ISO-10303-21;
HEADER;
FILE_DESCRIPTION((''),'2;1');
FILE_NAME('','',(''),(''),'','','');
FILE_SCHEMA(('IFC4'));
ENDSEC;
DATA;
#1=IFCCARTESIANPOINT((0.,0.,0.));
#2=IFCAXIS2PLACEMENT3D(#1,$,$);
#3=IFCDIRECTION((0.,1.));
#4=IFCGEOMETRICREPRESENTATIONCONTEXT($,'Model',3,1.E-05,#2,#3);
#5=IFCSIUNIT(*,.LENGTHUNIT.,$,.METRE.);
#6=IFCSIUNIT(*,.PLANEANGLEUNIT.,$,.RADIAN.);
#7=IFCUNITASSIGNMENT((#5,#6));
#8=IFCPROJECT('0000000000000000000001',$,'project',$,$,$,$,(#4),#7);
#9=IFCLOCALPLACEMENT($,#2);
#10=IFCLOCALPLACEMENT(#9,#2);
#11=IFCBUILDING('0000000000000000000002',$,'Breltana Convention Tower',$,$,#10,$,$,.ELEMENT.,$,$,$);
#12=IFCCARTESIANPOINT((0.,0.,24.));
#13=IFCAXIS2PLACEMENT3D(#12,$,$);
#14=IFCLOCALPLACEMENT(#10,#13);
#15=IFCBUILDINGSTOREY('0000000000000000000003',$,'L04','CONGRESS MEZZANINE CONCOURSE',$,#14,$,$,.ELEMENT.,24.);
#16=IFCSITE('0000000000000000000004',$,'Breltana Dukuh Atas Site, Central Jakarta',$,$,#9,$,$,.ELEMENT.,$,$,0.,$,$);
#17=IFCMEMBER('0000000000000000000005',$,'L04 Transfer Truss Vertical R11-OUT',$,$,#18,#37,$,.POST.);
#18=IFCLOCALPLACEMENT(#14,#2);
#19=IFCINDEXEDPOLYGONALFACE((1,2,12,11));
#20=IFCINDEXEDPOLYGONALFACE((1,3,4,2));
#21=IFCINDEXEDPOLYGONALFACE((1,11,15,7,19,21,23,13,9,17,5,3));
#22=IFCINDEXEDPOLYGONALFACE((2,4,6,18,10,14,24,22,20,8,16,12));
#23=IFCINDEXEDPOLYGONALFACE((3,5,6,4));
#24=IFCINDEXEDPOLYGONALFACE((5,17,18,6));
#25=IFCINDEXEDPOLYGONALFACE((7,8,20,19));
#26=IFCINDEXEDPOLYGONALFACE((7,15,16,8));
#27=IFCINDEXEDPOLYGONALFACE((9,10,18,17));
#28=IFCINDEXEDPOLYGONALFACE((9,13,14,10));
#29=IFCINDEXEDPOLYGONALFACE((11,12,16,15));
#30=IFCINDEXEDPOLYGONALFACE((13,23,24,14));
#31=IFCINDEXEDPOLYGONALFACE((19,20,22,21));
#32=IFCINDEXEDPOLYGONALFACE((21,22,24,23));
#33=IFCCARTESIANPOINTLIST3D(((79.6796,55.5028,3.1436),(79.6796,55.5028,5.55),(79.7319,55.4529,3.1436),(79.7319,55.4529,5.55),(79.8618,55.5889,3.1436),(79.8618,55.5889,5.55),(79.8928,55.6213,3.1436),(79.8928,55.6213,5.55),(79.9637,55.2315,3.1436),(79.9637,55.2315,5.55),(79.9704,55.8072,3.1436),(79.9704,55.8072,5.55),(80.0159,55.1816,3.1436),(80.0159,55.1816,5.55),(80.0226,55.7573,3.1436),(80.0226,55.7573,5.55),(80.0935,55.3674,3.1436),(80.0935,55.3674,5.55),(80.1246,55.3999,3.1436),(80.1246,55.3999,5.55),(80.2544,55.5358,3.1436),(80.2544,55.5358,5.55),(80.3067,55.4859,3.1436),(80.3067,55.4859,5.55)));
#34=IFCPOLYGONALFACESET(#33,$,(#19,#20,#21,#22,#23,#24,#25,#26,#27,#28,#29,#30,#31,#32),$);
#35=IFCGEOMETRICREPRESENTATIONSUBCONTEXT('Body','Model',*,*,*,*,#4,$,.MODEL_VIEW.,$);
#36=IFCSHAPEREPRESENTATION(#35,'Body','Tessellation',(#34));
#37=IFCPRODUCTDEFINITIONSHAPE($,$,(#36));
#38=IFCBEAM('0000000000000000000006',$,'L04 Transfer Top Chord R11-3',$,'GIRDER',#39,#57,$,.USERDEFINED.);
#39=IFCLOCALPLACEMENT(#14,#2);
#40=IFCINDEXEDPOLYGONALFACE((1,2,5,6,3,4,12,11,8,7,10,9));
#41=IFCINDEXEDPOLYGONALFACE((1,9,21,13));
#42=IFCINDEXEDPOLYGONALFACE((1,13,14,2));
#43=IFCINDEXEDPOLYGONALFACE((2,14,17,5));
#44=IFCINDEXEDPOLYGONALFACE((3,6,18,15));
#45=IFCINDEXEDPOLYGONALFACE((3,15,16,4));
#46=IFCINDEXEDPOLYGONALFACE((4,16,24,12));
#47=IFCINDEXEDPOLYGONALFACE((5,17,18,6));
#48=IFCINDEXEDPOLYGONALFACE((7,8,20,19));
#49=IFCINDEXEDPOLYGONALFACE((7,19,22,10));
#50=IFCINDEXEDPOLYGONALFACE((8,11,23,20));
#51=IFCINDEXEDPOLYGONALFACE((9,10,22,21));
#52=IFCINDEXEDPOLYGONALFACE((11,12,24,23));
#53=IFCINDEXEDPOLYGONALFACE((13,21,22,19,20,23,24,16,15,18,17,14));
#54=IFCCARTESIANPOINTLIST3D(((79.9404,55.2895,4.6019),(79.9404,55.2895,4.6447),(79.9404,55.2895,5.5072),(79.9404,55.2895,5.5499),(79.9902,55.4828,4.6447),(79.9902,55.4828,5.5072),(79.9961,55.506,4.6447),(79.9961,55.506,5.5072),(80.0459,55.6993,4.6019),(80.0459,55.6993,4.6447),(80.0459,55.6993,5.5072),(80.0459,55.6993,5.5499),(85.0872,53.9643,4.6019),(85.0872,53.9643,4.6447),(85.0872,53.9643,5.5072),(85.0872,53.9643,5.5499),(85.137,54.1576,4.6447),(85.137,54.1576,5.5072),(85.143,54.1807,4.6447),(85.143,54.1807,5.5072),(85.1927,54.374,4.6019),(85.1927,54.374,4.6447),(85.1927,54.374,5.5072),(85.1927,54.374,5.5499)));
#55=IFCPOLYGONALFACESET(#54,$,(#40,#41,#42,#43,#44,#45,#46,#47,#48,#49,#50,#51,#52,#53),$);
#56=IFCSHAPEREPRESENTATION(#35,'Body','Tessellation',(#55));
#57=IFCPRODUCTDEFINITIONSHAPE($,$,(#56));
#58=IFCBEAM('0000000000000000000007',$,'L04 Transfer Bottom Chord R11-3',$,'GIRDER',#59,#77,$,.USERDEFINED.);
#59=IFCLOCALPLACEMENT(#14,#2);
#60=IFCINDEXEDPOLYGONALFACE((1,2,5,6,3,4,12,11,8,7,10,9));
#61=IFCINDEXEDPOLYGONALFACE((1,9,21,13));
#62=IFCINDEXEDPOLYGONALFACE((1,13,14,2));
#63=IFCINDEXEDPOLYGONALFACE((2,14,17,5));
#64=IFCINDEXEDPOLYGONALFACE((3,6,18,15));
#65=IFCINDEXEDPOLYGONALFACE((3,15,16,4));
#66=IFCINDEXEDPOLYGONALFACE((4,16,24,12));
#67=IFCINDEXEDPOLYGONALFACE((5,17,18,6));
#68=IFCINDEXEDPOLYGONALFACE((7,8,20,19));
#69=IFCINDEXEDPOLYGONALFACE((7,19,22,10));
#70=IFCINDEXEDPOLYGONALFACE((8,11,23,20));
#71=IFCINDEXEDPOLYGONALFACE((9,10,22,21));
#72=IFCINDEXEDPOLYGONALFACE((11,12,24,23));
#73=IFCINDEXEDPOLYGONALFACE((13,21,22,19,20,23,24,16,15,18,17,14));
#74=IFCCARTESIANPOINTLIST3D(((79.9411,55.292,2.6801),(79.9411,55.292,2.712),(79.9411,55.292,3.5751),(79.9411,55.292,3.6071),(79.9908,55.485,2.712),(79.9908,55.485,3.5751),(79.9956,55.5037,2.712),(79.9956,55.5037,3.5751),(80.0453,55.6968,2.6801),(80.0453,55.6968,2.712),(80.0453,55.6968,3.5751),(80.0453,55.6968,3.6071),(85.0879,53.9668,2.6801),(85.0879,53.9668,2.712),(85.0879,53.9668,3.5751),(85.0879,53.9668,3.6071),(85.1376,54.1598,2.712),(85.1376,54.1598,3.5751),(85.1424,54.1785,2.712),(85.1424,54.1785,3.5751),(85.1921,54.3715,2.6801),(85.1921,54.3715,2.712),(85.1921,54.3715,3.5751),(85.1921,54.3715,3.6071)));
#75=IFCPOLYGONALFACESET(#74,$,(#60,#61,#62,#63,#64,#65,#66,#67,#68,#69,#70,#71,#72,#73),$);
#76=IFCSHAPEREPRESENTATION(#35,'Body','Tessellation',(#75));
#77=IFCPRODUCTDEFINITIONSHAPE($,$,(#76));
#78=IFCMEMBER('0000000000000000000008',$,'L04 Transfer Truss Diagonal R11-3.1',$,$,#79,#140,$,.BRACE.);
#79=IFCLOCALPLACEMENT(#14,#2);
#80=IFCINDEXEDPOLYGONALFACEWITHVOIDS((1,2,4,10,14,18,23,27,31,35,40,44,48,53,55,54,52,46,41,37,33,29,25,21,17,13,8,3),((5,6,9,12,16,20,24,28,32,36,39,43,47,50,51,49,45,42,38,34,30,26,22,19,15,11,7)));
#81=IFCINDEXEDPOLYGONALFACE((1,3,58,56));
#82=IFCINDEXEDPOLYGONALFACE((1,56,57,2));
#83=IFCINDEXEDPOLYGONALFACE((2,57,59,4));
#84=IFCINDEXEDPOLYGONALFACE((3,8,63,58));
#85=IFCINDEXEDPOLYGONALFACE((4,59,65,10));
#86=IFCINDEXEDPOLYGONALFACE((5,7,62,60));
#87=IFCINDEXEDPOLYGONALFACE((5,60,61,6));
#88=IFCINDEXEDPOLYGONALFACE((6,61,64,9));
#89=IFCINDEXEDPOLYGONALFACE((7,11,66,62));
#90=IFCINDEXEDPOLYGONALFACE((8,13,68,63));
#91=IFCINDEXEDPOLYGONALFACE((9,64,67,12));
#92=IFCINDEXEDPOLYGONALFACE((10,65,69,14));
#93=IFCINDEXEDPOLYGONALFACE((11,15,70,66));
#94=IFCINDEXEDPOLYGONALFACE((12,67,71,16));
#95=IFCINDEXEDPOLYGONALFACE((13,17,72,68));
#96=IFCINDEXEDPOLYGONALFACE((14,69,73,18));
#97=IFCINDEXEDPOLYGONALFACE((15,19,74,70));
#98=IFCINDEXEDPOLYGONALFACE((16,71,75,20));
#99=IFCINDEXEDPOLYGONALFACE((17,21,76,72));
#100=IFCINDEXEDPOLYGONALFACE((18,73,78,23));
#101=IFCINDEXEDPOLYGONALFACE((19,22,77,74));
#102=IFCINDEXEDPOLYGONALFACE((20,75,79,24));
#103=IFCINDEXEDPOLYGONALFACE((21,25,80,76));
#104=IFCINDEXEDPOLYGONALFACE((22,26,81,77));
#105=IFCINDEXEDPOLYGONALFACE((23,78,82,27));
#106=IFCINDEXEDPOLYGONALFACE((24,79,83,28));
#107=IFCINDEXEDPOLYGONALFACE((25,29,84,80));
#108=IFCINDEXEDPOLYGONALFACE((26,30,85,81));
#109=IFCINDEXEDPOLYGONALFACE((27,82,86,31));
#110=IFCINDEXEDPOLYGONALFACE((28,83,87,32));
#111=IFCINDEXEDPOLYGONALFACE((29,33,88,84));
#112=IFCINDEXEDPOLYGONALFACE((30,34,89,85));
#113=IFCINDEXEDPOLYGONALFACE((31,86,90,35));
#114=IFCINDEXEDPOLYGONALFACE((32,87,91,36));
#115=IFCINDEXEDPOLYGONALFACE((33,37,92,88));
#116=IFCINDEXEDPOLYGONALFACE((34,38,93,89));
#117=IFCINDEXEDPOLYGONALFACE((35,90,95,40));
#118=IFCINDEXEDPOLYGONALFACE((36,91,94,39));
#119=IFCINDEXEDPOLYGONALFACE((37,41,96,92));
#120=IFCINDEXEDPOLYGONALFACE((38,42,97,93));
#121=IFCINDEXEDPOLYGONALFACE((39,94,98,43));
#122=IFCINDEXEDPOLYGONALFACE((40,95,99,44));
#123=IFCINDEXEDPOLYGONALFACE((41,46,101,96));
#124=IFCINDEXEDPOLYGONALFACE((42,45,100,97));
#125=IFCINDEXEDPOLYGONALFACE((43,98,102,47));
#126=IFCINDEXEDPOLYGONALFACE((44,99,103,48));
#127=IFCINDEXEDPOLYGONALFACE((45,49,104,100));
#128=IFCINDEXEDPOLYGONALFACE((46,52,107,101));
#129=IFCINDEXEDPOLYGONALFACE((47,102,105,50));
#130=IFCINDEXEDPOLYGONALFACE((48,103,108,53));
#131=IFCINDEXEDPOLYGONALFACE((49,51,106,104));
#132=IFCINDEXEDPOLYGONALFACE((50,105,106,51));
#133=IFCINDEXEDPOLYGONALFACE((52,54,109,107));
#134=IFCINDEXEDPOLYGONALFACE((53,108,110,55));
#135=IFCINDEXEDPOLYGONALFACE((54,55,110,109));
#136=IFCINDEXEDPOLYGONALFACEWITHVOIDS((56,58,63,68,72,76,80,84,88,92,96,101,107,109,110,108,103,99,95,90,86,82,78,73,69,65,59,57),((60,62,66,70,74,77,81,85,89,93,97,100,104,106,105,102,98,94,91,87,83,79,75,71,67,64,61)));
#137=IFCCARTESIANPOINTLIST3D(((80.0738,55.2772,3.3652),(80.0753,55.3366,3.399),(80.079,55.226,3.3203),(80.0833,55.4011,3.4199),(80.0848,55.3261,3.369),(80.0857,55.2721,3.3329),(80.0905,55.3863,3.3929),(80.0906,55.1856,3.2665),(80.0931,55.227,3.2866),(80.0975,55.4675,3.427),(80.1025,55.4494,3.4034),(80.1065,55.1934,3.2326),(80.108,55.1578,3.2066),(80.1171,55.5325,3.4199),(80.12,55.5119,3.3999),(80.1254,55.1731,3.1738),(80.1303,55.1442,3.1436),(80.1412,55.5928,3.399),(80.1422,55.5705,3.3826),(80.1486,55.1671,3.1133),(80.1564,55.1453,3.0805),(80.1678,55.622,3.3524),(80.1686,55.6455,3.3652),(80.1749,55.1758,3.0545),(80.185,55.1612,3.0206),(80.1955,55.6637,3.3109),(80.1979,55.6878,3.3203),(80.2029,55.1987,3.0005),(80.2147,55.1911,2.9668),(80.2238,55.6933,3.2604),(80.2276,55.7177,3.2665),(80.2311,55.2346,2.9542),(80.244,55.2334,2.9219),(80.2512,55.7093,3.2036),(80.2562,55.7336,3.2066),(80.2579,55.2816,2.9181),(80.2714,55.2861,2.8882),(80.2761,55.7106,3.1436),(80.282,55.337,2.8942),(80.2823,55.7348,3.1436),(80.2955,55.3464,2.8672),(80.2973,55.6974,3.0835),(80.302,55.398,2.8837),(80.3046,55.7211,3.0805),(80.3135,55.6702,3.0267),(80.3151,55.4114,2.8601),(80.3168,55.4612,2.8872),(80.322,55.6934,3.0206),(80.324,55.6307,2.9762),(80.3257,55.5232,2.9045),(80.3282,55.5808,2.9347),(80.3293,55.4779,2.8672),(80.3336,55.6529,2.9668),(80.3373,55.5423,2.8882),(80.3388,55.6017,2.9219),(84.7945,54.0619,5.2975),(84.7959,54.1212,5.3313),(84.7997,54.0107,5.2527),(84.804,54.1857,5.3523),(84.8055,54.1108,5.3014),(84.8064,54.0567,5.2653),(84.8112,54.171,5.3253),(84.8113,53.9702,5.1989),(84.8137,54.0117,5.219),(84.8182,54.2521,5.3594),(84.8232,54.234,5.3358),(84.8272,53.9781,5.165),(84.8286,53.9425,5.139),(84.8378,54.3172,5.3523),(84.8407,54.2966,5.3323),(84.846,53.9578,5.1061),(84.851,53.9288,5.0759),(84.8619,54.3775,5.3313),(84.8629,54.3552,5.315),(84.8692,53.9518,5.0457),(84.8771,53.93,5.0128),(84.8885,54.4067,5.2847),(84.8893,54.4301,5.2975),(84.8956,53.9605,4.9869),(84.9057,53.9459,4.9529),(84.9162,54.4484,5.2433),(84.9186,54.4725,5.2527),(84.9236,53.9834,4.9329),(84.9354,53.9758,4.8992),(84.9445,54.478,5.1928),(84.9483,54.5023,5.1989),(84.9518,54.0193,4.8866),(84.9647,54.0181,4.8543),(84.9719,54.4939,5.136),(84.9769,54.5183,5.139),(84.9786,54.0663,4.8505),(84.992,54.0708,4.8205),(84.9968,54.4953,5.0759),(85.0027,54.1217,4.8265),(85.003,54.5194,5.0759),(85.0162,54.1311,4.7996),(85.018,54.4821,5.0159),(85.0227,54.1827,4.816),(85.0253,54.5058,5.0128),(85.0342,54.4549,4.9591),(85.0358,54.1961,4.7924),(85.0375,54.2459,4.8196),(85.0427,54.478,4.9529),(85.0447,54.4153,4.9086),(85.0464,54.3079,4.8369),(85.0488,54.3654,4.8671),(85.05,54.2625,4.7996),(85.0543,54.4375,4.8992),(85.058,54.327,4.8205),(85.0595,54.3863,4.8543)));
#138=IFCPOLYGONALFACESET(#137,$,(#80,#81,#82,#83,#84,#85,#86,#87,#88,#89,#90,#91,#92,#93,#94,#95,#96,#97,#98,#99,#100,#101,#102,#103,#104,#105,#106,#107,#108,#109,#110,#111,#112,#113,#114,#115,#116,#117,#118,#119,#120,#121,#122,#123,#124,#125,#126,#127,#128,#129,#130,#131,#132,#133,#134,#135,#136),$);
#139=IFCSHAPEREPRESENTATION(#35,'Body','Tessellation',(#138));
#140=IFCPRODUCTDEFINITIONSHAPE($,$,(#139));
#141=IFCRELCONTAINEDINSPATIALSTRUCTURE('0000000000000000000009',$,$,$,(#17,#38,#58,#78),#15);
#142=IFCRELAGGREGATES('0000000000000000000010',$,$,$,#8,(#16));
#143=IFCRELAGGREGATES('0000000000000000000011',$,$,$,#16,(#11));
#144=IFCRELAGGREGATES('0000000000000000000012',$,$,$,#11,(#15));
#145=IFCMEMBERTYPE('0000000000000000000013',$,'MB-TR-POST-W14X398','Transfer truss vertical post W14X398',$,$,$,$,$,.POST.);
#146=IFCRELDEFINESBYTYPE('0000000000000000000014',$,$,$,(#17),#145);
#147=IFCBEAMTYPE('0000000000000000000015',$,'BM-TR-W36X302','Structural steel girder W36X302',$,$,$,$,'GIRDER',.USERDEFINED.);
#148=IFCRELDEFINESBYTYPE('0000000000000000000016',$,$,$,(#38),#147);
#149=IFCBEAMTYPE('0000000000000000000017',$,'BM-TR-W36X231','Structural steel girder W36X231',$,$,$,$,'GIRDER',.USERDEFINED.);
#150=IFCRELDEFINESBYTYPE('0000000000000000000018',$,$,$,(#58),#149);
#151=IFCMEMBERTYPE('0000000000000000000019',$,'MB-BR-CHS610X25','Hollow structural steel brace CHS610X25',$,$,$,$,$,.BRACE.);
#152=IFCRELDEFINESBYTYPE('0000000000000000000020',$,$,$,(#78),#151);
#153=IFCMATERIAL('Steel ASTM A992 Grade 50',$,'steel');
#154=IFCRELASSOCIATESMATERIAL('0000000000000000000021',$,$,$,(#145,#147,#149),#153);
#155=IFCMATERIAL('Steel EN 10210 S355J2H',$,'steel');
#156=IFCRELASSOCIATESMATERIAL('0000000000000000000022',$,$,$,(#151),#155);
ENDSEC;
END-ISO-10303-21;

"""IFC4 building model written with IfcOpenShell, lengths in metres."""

from ifc_helpers import new_model, si_unit, direction, frame, origin, origin_2d, place, context, subcontext, project, spatial, hollow_circle, i_section, extrude, source, transform, mapped, material, material_profile, profile_set, type_object, type_shapes, element, save


model = new_model("IFC4")

# Units and contexts
model_context = context("Model", 3, precision=1e-05, world=origin(), true_north=direction((0.0, 1.0)))
body_context = subcontext(model_context, "Body", "Model", "MODEL_VIEW")
ifc_project = project(units=[si_unit("LENGTHUNIT", "METRE"), si_unit("PLANEANGLEUNIT", "RADIAN")], contexts=[model_context])

# Site, building, storey
site_placement = place(None, origin())
site = spatial("IfcSite", under=ifc_project, at=site_placement, Name="Breltana Dukuh Atas Site, Central Jakarta", CompositionType="ELEMENT", RefElevation=0.0)
building_placement = place(site_placement, origin())
building = spatial("IfcBuilding", under=site, at=building_placement, Name="Breltana Convention Tower", CompositionType="ELEMENT")
storey_placement = place(building_placement, frame((0.0, 0.0, 24.0)))
storey = spatial("IfcBuildingStorey", under=building, at=storey_placement, Name="L04", Description="CONGRESS MEZZANINE CONCOURSE", CompositionType="ELEMENT", Elevation=24.0)

# Member
ifc_material_1 = material(Name="Steel ASTM A992 Grade 50", Category="steel")
ifc_material_profile_1 = material_profile(ifc_material_1, i_section(OverallWidth=0.4209, OverallDepth=0.4651, WebThickness=0.0449, FlangeThickness=0.0723, at=origin_2d()), Name="W14X398")
ifc_profile_set_1 = profile_set([ifc_material_profile_1], Name="Steel ASTM A992 Grade 50")
member_type_1 = type_object("IfcMemberType", Name="MB-TR-POST-W14X398", Description="Transfer truss vertical post W14X398", PredefinedType="POST", material=ifc_profile_set_1)
shared_shape_1 = source(origin(), body_context, "Body", "SweptSolid", [
    extrude(i_section(OverallWidth=0.4209, OverallDepth=0.4651, WebThickness=0.0449, FlangeThickness=0.0723, at=origin_2d()), origin(), (0.0, 0.0, 1.0), 2.4065),
])
type_shapes(member_type_1, [shared_shape_1])
member_1_placement = place(storey_placement, frame((79.9932, 55.4944, 3.1436), z_axis=(0.0, 0.0, 1.0), x_axis=(0.690756, 0.723088, 0.0)))
element("IfcMember", 1, at=member_1_placement, inside=storey, type_object=member_type_1, Name="L04 Transfer Truss Vertical R11-OUT", PredefinedType="POST", context=body_context, shape_type="MappedRepresentation", body=[
    mapped(shared_shape_1, transform((0.0, 0.0, 0.0), scale=1.0)),
])

# Beams
ifc_material_profile_2 = material_profile(ifc_material_1, i_section(OverallWidth=0.4231, OverallDepth=0.948, WebThickness=0.0239, FlangeThickness=0.0427, at=origin_2d()), Name="W36X302")
ifc_profile_set_2 = profile_set([ifc_material_profile_2], Name="Steel ASTM A992 Grade 50")
beam_type_1 = type_object("IfcBeamType", Name="BM-TR-W36X302", Description="Structural steel girder W36X302", ElementType="GIRDER", PredefinedType="USERDEFINED", material=ifc_profile_set_2)
shared_shape_2 = source(origin(), body_context, "Body", "SweptSolid", [
    extrude(i_section(OverallWidth=0.4231, OverallDepth=0.948, WebThickness=0.0239, FlangeThickness=0.0427, at=origin_2d()), origin(), (0.0, 0.0, 1.0), 5.3147),
])
beam_1_placement = place(storey_placement, frame((79.9932, 55.4944, 5.0759), z_axis=(0.968413, -0.24935, 0.0), x_axis=(0.24935, 0.968413, 0.0)))
element("IfcBeam", 2, at=beam_1_placement, inside=storey, type_object=beam_type_1, Name="L04 Transfer Top Chord R11-3", ObjectType="GIRDER", PredefinedType="USERDEFINED", context=body_context, shape_type="MappedRepresentation", body=[
    mapped(shared_shape_2, transform((0.0, 0.0, 0.0), scale=1.0)),
])
ifc_material_profile_3 = material_profile(ifc_material_1, i_section(OverallWidth=0.418, OverallDepth=0.927, WebThickness=0.0193, FlangeThickness=0.032, at=origin_2d()), Name="W36X231")
ifc_profile_set_3 = profile_set([ifc_material_profile_3], Name="Steel ASTM A992 Grade 50")
beam_type_2 = type_object("IfcBeamType", Name="BM-TR-W36X231", Description="Structural steel girder W36X231", ElementType="GIRDER", PredefinedType="USERDEFINED", material=ifc_profile_set_3)
shared_shape_3 = source(origin(), body_context, "Body", "SweptSolid", [
    extrude(i_section(OverallWidth=0.418, OverallDepth=0.927, WebThickness=0.0193, FlangeThickness=0.032, at=origin_2d()), origin(), (0.0, 0.0, 1.0), 5.3147),
])
beam_2_placement = place(storey_placement, frame((79.9932, 55.4944, 3.1436), z_axis=(0.968413, -0.24935, 0.0), x_axis=(0.24935, 0.968413, 0.0)))
element("IfcBeam", 3, at=beam_2_placement, inside=storey, type_object=beam_type_2, Name="L04 Transfer Bottom Chord R11-3", ObjectType="GIRDER", PredefinedType="USERDEFINED", context=body_context, shape_type="MappedRepresentation", body=[
    mapped(shared_shape_3, transform((0.0, 0.0, 0.0), scale=1.0)),
])

# Member
ifc_material_2 = material(Name="Steel EN 10210 S355J2H", Category="steel")
ifc_material_profile_4 = material_profile(ifc_material_2, hollow_circle(Radius=0.3049, WallThickness=0.0249, at=origin_2d()), Name="CHS610X25")
ifc_profile_set_4 = profile_set([ifc_material_profile_4], Name="Steel EN 10210 S355J2H")
member_type_2 = type_object("IfcMemberType", Name="MB-BR-CHS610X25", Description="Hollow structural steel brace CHS610X25", PredefinedType="BRACE", material=ifc_profile_set_4)
shared_shape_4 = source(origin(), body_context, "Body", "SweptSolid", [
    extrude(hollow_circle(Radius=0.3049, WallThickness=0.0249, at=origin_2d()), origin(), (0.0, 0.0, 1.0), 5.2437),
])
member_2_placement = place(storey_placement, frame((80.2063, 55.4395, 3.1436), z_axis=(0.900266, -0.231771, 0.368515), x_axis=(0.249318, 0.968422, 0.0)))
element("IfcMember", 4, at=member_2_placement, inside=storey, type_object=member_type_2, Name="L04 Transfer Truss Diagonal R11-3.1", PredefinedType="BRACE", context=body_context, shape_type="MappedRepresentation", body=[
    mapped(shared_shape_4, transform((0.0, 0.0, 0.0), scale=1.0)),
])

save(model, "model.ifc")
